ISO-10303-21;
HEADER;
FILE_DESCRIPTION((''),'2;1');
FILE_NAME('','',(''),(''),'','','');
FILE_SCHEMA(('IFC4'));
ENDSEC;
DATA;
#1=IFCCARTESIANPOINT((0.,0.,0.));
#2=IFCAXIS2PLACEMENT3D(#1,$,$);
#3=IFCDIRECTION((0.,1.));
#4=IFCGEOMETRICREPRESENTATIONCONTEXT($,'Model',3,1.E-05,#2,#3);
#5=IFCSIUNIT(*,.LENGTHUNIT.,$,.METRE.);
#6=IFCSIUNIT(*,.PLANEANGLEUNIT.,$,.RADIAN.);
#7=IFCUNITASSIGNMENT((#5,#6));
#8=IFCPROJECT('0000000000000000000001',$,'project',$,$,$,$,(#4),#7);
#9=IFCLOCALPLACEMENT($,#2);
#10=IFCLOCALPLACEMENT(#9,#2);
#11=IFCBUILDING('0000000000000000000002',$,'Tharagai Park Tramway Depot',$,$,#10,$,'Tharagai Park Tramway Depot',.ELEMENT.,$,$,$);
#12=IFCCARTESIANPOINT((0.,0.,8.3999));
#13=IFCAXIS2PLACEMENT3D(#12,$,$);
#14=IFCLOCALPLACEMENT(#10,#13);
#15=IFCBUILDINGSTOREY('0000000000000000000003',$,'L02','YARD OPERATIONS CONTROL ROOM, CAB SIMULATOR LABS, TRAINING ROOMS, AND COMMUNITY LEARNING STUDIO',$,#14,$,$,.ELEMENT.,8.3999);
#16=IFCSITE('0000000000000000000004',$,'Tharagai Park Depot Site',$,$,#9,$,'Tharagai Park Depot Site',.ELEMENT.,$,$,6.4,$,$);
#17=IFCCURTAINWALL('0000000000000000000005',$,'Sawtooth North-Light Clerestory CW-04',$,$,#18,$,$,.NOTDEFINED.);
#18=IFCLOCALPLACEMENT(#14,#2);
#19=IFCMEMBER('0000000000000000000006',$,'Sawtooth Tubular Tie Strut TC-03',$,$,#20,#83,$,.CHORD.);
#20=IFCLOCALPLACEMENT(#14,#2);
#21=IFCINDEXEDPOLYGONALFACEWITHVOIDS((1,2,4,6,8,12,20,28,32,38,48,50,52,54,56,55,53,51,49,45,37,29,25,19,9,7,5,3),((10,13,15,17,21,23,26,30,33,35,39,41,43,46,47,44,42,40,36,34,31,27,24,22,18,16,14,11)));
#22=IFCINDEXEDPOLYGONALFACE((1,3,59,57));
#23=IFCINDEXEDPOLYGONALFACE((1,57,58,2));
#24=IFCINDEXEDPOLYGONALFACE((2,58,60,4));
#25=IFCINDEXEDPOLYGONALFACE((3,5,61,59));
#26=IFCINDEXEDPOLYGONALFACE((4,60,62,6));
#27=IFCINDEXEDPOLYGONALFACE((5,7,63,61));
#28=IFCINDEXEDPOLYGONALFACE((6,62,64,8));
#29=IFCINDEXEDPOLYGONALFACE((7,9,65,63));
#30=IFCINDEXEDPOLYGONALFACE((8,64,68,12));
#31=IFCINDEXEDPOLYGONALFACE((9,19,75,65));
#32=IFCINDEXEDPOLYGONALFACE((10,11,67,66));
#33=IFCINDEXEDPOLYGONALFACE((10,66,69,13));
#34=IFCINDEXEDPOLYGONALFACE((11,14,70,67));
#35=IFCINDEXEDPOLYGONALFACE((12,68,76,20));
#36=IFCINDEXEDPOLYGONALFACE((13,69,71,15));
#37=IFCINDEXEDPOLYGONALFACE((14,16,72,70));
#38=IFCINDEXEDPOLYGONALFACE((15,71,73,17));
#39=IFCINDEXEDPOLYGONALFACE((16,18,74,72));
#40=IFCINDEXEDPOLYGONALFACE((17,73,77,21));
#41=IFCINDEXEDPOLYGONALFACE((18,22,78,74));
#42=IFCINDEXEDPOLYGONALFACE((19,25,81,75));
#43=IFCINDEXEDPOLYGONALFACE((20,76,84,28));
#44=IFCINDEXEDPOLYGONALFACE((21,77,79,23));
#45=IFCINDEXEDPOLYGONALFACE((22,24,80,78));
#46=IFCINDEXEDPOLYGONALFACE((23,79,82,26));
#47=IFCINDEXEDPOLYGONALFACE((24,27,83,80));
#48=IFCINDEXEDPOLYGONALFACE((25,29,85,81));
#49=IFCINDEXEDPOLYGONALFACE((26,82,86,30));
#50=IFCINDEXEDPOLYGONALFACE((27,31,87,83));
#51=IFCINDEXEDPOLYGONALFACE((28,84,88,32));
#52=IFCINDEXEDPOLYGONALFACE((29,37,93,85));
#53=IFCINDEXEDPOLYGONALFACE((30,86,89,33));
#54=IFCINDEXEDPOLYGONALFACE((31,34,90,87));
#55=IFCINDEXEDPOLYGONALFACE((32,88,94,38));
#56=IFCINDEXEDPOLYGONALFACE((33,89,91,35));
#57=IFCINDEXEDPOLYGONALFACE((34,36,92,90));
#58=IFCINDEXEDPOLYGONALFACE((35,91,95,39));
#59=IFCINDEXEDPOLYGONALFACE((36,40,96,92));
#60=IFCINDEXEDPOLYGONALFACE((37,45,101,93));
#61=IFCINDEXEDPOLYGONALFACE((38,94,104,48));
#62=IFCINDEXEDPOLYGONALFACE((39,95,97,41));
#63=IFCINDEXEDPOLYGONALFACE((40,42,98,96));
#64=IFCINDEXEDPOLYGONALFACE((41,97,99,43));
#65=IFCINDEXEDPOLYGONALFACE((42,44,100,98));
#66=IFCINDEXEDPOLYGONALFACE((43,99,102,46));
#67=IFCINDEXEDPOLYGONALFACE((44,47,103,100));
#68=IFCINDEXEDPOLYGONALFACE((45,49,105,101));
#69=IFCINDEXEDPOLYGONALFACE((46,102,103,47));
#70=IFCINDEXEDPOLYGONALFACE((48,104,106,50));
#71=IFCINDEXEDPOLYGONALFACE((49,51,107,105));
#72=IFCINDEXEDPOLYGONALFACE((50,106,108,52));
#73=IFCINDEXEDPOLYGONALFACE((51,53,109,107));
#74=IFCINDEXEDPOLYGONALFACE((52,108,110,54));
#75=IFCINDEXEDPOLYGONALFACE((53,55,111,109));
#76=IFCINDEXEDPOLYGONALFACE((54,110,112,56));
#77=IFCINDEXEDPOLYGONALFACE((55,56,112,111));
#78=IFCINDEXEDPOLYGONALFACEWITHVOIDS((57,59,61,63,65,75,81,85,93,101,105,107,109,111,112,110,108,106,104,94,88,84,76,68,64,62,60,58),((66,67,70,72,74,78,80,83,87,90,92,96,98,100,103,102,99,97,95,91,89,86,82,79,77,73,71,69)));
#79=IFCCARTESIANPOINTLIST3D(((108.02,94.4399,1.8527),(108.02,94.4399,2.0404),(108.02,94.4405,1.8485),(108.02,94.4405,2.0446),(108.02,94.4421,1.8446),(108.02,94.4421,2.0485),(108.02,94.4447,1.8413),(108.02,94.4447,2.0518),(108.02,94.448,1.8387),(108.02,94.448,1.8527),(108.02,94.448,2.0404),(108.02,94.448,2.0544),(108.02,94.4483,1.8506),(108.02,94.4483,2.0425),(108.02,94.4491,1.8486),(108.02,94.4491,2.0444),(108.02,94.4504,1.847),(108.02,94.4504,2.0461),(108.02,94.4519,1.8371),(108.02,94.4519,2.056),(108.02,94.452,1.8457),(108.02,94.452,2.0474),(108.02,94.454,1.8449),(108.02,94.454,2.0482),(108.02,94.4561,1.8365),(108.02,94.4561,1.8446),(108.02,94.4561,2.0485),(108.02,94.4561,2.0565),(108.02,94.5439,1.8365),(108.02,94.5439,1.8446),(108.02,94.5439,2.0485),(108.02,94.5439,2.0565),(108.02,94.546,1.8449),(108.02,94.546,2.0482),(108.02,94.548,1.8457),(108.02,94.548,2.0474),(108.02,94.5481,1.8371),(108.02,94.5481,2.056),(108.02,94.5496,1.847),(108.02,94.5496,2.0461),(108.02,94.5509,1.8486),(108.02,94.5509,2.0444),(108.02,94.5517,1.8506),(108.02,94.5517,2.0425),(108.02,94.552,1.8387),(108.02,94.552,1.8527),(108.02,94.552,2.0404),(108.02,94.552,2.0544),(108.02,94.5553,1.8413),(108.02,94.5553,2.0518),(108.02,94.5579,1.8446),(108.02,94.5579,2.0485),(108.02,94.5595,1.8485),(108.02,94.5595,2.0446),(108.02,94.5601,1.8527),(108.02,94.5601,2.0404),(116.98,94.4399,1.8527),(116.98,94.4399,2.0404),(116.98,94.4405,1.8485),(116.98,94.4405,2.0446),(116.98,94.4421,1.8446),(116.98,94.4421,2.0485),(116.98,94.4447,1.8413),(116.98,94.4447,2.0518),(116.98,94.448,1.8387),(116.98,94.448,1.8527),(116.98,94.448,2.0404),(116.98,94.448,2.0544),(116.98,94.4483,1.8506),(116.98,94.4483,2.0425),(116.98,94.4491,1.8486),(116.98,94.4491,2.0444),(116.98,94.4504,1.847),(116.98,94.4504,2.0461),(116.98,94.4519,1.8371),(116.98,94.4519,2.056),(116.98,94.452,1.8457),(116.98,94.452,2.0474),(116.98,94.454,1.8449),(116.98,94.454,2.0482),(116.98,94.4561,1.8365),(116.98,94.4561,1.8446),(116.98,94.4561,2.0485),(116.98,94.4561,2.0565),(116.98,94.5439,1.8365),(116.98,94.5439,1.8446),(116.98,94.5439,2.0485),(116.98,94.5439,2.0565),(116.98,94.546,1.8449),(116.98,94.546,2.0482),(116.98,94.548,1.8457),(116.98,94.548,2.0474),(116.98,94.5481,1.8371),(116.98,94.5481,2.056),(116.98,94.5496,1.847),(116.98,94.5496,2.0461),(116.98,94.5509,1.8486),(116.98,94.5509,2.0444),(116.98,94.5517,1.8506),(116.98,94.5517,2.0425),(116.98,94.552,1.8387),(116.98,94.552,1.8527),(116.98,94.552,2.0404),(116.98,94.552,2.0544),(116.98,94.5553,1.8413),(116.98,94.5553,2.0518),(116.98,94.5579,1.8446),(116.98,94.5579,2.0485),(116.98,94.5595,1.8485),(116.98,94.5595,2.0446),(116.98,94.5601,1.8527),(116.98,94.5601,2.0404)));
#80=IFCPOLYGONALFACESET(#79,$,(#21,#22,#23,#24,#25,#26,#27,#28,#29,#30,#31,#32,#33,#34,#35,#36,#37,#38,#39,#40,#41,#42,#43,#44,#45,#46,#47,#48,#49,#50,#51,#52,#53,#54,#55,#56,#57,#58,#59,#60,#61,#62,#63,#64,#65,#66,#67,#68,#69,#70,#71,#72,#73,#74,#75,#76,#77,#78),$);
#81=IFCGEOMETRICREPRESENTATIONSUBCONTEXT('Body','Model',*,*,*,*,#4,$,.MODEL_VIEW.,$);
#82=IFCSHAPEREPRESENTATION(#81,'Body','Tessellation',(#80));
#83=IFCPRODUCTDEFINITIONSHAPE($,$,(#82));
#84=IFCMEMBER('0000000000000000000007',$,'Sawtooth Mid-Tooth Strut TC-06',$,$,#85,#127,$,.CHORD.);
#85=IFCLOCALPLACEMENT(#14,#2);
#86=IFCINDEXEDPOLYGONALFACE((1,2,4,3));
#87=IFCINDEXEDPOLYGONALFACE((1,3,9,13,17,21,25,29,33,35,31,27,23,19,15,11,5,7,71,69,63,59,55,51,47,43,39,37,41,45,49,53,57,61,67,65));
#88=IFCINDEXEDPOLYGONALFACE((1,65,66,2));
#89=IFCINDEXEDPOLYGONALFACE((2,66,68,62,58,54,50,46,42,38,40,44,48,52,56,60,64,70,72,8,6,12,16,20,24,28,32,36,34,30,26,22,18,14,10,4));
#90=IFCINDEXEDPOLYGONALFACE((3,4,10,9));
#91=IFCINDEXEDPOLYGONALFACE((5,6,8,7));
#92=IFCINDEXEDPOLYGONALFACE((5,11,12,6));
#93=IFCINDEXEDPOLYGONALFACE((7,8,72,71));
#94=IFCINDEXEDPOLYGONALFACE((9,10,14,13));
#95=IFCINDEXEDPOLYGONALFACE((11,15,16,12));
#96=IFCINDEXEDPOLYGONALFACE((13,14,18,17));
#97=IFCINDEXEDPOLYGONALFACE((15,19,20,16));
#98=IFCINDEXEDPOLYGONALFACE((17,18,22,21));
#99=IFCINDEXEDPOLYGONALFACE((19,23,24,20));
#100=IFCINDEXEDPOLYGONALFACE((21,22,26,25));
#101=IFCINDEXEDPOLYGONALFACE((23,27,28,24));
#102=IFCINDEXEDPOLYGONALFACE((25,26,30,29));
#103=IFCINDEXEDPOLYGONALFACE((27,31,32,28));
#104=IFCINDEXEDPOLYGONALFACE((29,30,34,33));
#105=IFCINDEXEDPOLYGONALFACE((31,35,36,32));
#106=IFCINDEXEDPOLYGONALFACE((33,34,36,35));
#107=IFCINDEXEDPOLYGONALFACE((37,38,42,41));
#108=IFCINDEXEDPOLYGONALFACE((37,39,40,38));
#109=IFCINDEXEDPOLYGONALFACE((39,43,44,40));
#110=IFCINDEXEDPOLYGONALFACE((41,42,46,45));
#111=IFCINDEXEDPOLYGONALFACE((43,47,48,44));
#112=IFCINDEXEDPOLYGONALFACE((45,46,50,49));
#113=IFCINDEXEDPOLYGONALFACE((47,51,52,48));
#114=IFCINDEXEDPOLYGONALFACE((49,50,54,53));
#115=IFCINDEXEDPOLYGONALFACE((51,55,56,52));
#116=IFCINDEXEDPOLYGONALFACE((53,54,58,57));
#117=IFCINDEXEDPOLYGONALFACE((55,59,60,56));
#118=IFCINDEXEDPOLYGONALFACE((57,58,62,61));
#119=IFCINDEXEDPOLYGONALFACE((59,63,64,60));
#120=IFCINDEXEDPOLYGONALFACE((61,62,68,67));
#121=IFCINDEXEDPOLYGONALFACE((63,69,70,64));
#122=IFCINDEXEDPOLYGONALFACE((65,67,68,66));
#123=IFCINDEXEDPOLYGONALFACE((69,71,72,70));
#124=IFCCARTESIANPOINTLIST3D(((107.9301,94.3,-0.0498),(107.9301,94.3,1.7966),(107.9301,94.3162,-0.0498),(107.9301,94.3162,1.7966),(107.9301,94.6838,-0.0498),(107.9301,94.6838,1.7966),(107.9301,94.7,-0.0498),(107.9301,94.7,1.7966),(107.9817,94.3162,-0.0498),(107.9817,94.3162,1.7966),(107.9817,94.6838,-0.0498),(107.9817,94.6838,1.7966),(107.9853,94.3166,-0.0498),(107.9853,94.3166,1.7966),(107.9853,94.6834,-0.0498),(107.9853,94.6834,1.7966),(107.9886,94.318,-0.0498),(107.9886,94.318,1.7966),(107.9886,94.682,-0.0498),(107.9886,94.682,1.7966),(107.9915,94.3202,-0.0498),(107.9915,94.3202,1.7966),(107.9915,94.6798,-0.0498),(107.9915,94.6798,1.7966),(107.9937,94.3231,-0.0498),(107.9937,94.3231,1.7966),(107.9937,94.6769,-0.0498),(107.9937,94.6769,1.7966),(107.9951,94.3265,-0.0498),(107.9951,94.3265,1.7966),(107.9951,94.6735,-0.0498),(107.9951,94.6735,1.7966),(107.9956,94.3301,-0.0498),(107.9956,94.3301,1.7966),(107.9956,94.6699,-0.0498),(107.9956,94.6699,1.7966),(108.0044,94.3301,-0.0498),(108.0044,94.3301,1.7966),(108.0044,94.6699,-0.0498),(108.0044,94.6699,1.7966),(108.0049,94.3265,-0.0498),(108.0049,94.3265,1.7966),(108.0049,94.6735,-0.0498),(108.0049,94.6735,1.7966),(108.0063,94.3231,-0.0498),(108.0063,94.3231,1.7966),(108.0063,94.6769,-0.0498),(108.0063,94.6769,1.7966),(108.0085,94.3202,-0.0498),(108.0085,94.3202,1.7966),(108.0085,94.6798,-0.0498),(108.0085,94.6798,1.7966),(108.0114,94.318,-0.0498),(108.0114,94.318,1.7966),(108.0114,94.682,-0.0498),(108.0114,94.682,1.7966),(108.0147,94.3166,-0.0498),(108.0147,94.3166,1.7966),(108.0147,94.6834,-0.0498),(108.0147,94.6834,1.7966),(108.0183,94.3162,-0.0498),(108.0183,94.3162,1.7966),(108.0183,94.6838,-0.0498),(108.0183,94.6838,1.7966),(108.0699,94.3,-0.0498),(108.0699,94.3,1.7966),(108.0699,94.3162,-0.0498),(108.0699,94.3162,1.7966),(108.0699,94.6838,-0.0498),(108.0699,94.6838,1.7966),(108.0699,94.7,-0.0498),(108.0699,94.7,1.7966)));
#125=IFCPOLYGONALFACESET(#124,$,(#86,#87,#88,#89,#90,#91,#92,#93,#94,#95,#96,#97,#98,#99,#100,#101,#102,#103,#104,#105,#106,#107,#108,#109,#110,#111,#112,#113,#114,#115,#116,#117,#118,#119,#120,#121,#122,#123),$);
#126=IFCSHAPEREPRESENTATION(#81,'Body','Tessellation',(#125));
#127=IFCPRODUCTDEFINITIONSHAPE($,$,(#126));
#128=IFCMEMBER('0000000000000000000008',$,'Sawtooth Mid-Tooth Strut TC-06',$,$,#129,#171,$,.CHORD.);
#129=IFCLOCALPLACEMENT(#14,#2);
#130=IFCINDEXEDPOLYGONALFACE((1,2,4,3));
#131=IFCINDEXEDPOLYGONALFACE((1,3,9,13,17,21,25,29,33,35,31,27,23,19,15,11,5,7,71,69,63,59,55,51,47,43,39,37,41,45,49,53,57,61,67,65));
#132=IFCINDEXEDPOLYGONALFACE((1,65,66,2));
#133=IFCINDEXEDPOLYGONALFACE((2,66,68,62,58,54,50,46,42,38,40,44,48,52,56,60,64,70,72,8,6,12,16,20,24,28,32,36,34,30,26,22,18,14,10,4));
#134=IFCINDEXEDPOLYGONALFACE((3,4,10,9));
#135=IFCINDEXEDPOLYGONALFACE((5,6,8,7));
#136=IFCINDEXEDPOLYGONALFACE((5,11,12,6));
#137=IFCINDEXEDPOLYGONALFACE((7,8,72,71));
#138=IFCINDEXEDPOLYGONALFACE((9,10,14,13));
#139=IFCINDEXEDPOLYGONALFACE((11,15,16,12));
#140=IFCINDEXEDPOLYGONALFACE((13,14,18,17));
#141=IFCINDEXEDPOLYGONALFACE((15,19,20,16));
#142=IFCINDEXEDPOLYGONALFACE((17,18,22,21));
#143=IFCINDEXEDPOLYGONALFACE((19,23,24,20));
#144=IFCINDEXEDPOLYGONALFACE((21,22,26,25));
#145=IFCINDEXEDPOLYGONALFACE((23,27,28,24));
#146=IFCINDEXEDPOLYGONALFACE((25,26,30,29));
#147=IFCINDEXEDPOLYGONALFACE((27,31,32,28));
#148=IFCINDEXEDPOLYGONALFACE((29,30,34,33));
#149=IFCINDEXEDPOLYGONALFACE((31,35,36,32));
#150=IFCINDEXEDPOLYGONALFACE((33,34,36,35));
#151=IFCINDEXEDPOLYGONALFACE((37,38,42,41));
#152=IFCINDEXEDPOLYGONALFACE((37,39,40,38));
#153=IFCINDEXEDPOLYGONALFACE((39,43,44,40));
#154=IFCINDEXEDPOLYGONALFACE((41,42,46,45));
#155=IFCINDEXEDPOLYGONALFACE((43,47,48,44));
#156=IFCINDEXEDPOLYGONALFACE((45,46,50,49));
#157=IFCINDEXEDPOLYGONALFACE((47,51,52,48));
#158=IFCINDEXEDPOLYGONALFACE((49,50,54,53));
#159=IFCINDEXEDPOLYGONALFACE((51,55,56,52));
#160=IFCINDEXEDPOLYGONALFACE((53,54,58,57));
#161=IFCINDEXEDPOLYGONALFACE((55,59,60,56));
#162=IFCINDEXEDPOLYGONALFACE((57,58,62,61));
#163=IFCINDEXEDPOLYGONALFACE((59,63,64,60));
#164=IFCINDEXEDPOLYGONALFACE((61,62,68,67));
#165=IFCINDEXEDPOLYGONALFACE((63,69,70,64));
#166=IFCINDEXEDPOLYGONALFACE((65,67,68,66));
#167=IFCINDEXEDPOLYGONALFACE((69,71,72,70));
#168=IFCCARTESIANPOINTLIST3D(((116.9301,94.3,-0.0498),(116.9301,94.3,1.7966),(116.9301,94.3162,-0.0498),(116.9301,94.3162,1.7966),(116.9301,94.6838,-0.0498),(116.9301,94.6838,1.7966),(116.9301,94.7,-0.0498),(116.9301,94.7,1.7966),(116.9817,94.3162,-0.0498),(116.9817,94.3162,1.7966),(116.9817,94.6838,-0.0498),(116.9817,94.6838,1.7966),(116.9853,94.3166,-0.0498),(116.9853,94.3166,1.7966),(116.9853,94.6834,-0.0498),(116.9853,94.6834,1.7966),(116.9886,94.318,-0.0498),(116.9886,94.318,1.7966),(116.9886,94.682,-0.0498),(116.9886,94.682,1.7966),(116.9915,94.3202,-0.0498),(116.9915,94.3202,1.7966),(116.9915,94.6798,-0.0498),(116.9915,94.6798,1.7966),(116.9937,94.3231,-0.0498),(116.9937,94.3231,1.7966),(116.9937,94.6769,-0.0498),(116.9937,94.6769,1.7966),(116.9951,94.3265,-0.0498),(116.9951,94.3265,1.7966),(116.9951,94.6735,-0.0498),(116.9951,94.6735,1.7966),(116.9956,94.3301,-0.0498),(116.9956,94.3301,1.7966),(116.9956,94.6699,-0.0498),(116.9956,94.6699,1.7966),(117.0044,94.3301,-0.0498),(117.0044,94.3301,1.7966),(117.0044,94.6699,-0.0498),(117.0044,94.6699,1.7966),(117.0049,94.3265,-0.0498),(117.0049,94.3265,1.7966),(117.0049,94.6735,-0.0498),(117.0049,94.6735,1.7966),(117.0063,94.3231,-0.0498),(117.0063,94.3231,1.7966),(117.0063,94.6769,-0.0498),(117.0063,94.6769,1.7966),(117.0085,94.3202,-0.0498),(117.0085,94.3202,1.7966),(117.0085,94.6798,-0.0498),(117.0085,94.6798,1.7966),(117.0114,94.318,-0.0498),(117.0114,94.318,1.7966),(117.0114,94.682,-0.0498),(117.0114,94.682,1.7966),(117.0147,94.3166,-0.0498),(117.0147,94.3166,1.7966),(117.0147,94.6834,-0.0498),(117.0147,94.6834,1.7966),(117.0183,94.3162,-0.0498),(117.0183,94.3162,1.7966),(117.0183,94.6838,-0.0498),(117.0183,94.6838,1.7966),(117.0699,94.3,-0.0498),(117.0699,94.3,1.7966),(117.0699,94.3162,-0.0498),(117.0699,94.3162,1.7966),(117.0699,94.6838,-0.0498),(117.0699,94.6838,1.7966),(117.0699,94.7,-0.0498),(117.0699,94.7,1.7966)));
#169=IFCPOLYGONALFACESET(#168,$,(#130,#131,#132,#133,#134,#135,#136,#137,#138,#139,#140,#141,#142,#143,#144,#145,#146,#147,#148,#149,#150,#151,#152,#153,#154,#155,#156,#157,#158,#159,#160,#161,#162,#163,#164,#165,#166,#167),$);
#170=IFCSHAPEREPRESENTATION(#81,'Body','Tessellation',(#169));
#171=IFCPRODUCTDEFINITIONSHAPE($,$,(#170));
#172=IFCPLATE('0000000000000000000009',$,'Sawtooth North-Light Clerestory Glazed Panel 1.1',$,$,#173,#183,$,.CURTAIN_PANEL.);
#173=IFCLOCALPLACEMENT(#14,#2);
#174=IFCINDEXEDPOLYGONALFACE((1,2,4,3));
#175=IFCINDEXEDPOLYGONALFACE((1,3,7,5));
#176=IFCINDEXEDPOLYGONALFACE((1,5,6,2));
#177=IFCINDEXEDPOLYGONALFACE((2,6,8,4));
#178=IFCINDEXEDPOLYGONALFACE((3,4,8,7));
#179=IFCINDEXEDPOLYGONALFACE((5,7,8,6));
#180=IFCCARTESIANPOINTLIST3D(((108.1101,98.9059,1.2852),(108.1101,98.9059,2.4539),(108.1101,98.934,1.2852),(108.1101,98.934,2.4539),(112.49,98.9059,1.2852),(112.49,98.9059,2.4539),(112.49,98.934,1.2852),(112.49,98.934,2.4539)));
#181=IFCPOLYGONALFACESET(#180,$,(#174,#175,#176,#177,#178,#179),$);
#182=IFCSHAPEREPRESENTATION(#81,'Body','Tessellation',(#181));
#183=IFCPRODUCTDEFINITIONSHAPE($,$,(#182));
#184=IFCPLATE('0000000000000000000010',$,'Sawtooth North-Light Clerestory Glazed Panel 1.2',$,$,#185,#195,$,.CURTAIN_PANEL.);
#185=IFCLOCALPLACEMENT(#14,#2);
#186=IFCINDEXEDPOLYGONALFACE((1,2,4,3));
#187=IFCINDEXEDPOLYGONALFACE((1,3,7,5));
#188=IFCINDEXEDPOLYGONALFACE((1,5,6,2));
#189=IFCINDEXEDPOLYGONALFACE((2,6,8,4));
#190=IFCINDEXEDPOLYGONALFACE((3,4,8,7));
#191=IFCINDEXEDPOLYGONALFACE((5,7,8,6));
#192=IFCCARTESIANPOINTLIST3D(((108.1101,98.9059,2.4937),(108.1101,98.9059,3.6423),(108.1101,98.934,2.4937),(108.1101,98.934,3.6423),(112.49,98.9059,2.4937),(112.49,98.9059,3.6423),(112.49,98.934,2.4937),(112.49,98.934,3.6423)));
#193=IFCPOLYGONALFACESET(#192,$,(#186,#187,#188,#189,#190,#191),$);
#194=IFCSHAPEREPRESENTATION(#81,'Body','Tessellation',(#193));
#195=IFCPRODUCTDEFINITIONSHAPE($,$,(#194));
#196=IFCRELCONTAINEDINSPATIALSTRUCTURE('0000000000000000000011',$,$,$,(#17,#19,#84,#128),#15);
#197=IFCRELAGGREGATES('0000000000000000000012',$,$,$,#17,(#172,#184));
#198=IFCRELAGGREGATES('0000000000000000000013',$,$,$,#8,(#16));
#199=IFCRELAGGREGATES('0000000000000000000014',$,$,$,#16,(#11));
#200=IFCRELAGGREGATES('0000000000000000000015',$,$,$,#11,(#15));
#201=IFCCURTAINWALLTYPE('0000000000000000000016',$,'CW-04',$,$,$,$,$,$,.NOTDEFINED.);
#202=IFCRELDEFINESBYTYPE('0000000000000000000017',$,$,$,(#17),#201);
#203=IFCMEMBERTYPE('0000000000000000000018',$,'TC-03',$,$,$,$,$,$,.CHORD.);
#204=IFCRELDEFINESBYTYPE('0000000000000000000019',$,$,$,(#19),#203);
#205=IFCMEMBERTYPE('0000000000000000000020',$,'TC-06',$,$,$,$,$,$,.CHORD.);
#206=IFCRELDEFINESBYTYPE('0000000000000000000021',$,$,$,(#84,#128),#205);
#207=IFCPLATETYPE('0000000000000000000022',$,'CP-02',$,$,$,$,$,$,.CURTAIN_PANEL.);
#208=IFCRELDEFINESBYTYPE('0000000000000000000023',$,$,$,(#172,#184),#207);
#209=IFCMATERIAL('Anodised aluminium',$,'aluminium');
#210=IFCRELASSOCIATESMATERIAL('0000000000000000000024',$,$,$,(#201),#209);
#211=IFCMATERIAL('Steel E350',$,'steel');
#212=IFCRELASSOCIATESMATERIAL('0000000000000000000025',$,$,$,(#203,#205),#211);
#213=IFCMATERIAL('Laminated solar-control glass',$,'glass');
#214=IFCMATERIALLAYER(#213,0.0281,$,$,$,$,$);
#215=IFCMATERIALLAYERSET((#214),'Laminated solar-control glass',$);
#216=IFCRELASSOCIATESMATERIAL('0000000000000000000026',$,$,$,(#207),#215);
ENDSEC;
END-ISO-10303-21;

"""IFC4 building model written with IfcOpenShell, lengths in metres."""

from ifc_helpers import new_model, si_unit, direction, frame, origin, origin_2d, place, context, subcontext, project, spatial, rectangle, hollow_rectangle, i_section, extrude, material, layer, layer_set, material_profile, profile_set, type_object, element, aggregate, save


model = new_model("IFC4")

# Units and contexts
model_context = context("Model", 3, precision=1e-05, world=origin(), true_north=direction((0.0, 1.0)))
body_context = subcontext(model_context, "Body", "Model", "MODEL_VIEW")
ifc_project = project(units=[si_unit("LENGTHUNIT", "METRE"), si_unit("PLANEANGLEUNIT", "RADIAN")], contexts=[model_context])

# Site, building, storey
site_placement = place(None, origin())
site = spatial("IfcSite", under=ifc_project, at=site_placement, Name="Tharagai Park Depot Site", LongName="Tharagai Park Depot Site", CompositionType="ELEMENT", RefElevation=6.4)
building_placement = place(site_placement, origin())
building = spatial("IfcBuilding", under=site, at=building_placement, Name="Tharagai Park Tramway Depot", LongName="Tharagai Park Tramway Depot", CompositionType="ELEMENT")
storey_placement = place(building_placement, frame((0.0, 0.0, 8.3999)))
storey = spatial("IfcBuildingStorey", under=building, at=storey_placement, Name="L02", Description="YARD OPERATIONS CONTROL ROOM, CAB SIMULATOR LABS, TRAINING ROOMS, AND COMMUNITY LEARNING STUDIO", CompositionType="ELEMENT", Elevation=8.3999)

# Shared definitions
ifc_material_1 = material(Name="Steel E350", Category="steel")

# Curtain wall
ifc_material_2 = material(Name="Anodised aluminium", Category="aluminium")
curtain_wall_type = type_object("IfcCurtainWallType", Name="CW-04", PredefinedType="NOTDEFINED", material=ifc_material_2)
curtain_wall_1_placement = place(storey_placement, origin())
curtain_wall_1 = element("IfcCurtainWall", 1, at=curtain_wall_1_placement, inside=storey, type_object=curtain_wall_type, Name="Sawtooth North-Light Clerestory CW-04", PredefinedType="NOTDEFINED")

# Members
ifc_material_profile_1 = material_profile(ifc_material_1, hollow_rectangle(XDim=0.1201, YDim=0.22, WallThickness=0.0081, InnerFilletRadius=0.0081, OuterFilletRadius=0.0161, at=origin_2d()), Name="RHS 220x120x8")
ifc_profile_set_1 = profile_set([ifc_material_profile_1], Name="Steel E350")
member_type_1 = type_object("IfcMemberType", Name="TC-03", PredefinedType="CHORD", material=ifc_profile_set_1)
member_1_placement = place(storey_placement, frame((108.02, 94.5, 1.9465), z_axis=(1.0, 0.0, 0.0), x_axis=(0.0, 1.0, 0.0)))
element("IfcMember", 2, at=member_1_placement, inside=storey, type_object=member_type_1, Name="Sawtooth Tubular Tie Strut TC-03", PredefinedType="CHORD", context=body_context, shape_type="SweptSolid", body=[
    extrude(hollow_rectangle(XDim=0.1201, YDim=0.22, WallThickness=0.0081, InnerFilletRadius=0.0081, OuterFilletRadius=0.0161, at=origin_2d()), origin(), (0.0, 0.0, 1.0), 8.96),
])
ifc_material_profile_2 = material_profile(ifc_material_1, i_section(OverallWidth=0.1399, OverallDepth=0.3999, WebThickness=0.0088, FlangeThickness=0.0161, FilletRadius=0.0139, at=origin_2d()), Name="ISMB 400")
ifc_profile_set_2 = profile_set([ifc_material_profile_2], Name="Steel E350")
member_type_2 = type_object("IfcMemberType", Name="TC-06", PredefinedType="CHORD", material=ifc_profile_set_2)
for number, where, z_axis, x_axis, name in (
    (3, (108.0, 94.5, -0.0498), (0.0, 0.0, 1.0), (1.0, 0.0, 0.0), "Sawtooth Mid-Tooth Strut TC-06"),
    (4, (117.0, 94.5, -0.0498), (0.0, 0.0, 1.0), (1.0, 0.0, 0.0), "Sawtooth Mid-Tooth Strut TC-06"),
):
    element("IfcMember", number, at=place(storey_placement, frame(where, z_axis=z_axis, x_axis=x_axis)), inside=storey, type_object=member_type_2, Name=name, PredefinedType="CHORD", context=body_context, shape_type="SweptSolid", body=[
        extrude(i_section(OverallWidth=0.1399, OverallDepth=0.3999, WebThickness=0.0088, FlangeThickness=0.0161, FilletRadius=0.0139, at=origin_2d()), origin(), (0.0, 0.0, 1.0), 1.8464),
    ])

# Plates
ifc_material_3 = material(Name="Laminated solar-control glass", Category="glass")
ifc_layer_1 = layer(ifc_material_3, 0.0281)
ifc_layer_set_1 = layer_set([ifc_layer_1], Name="Laminated solar-control glass")
plate_type_1 = type_object("IfcPlateType", Name="CP-02", PredefinedType="CURTAIN_PANEL", material=ifc_layer_set_1)
plate_1_placement = place(storey_placement, frame((110.3, 98.9199, 1.2852), z_axis=(0.0, 0.0, 1.0), x_axis=(1.0, 0.0, 0.0)))
plate_1 = element("IfcPlate", 5, at=plate_1_placement, type_object=plate_type_1, Name="Sawtooth North-Light Clerestory Glazed Panel 1.1", PredefinedType="CURTAIN_PANEL", context=body_context, shape_type="SweptSolid", body=[
    extrude(rectangle(XDim=4.3799, YDim=0.0281, at=origin_2d()), origin(), (0.0, 0.0, 1.0), 1.1687),
])
plate_2_placement = place(storey_placement, frame((110.3, 98.9199, 2.4937), z_axis=(0.0, 0.0, 1.0), x_axis=(1.0, 0.0, 0.0)))
plate_2 = element("IfcPlate", 6, at=plate_2_placement, type_object=plate_type_1, Name="Sawtooth North-Light Clerestory Glazed Panel 1.2", PredefinedType="CURTAIN_PANEL", context=body_context, shape_type="SweptSolid", body=[
    extrude(rectangle(XDim=4.3799, YDim=0.0281, at=origin_2d()), origin(), (0.0, 0.0, 1.0), 1.1487),
])
aggregate(curtain_wall_1, [plate_1, plate_2])

save(model, "model.ifc")
